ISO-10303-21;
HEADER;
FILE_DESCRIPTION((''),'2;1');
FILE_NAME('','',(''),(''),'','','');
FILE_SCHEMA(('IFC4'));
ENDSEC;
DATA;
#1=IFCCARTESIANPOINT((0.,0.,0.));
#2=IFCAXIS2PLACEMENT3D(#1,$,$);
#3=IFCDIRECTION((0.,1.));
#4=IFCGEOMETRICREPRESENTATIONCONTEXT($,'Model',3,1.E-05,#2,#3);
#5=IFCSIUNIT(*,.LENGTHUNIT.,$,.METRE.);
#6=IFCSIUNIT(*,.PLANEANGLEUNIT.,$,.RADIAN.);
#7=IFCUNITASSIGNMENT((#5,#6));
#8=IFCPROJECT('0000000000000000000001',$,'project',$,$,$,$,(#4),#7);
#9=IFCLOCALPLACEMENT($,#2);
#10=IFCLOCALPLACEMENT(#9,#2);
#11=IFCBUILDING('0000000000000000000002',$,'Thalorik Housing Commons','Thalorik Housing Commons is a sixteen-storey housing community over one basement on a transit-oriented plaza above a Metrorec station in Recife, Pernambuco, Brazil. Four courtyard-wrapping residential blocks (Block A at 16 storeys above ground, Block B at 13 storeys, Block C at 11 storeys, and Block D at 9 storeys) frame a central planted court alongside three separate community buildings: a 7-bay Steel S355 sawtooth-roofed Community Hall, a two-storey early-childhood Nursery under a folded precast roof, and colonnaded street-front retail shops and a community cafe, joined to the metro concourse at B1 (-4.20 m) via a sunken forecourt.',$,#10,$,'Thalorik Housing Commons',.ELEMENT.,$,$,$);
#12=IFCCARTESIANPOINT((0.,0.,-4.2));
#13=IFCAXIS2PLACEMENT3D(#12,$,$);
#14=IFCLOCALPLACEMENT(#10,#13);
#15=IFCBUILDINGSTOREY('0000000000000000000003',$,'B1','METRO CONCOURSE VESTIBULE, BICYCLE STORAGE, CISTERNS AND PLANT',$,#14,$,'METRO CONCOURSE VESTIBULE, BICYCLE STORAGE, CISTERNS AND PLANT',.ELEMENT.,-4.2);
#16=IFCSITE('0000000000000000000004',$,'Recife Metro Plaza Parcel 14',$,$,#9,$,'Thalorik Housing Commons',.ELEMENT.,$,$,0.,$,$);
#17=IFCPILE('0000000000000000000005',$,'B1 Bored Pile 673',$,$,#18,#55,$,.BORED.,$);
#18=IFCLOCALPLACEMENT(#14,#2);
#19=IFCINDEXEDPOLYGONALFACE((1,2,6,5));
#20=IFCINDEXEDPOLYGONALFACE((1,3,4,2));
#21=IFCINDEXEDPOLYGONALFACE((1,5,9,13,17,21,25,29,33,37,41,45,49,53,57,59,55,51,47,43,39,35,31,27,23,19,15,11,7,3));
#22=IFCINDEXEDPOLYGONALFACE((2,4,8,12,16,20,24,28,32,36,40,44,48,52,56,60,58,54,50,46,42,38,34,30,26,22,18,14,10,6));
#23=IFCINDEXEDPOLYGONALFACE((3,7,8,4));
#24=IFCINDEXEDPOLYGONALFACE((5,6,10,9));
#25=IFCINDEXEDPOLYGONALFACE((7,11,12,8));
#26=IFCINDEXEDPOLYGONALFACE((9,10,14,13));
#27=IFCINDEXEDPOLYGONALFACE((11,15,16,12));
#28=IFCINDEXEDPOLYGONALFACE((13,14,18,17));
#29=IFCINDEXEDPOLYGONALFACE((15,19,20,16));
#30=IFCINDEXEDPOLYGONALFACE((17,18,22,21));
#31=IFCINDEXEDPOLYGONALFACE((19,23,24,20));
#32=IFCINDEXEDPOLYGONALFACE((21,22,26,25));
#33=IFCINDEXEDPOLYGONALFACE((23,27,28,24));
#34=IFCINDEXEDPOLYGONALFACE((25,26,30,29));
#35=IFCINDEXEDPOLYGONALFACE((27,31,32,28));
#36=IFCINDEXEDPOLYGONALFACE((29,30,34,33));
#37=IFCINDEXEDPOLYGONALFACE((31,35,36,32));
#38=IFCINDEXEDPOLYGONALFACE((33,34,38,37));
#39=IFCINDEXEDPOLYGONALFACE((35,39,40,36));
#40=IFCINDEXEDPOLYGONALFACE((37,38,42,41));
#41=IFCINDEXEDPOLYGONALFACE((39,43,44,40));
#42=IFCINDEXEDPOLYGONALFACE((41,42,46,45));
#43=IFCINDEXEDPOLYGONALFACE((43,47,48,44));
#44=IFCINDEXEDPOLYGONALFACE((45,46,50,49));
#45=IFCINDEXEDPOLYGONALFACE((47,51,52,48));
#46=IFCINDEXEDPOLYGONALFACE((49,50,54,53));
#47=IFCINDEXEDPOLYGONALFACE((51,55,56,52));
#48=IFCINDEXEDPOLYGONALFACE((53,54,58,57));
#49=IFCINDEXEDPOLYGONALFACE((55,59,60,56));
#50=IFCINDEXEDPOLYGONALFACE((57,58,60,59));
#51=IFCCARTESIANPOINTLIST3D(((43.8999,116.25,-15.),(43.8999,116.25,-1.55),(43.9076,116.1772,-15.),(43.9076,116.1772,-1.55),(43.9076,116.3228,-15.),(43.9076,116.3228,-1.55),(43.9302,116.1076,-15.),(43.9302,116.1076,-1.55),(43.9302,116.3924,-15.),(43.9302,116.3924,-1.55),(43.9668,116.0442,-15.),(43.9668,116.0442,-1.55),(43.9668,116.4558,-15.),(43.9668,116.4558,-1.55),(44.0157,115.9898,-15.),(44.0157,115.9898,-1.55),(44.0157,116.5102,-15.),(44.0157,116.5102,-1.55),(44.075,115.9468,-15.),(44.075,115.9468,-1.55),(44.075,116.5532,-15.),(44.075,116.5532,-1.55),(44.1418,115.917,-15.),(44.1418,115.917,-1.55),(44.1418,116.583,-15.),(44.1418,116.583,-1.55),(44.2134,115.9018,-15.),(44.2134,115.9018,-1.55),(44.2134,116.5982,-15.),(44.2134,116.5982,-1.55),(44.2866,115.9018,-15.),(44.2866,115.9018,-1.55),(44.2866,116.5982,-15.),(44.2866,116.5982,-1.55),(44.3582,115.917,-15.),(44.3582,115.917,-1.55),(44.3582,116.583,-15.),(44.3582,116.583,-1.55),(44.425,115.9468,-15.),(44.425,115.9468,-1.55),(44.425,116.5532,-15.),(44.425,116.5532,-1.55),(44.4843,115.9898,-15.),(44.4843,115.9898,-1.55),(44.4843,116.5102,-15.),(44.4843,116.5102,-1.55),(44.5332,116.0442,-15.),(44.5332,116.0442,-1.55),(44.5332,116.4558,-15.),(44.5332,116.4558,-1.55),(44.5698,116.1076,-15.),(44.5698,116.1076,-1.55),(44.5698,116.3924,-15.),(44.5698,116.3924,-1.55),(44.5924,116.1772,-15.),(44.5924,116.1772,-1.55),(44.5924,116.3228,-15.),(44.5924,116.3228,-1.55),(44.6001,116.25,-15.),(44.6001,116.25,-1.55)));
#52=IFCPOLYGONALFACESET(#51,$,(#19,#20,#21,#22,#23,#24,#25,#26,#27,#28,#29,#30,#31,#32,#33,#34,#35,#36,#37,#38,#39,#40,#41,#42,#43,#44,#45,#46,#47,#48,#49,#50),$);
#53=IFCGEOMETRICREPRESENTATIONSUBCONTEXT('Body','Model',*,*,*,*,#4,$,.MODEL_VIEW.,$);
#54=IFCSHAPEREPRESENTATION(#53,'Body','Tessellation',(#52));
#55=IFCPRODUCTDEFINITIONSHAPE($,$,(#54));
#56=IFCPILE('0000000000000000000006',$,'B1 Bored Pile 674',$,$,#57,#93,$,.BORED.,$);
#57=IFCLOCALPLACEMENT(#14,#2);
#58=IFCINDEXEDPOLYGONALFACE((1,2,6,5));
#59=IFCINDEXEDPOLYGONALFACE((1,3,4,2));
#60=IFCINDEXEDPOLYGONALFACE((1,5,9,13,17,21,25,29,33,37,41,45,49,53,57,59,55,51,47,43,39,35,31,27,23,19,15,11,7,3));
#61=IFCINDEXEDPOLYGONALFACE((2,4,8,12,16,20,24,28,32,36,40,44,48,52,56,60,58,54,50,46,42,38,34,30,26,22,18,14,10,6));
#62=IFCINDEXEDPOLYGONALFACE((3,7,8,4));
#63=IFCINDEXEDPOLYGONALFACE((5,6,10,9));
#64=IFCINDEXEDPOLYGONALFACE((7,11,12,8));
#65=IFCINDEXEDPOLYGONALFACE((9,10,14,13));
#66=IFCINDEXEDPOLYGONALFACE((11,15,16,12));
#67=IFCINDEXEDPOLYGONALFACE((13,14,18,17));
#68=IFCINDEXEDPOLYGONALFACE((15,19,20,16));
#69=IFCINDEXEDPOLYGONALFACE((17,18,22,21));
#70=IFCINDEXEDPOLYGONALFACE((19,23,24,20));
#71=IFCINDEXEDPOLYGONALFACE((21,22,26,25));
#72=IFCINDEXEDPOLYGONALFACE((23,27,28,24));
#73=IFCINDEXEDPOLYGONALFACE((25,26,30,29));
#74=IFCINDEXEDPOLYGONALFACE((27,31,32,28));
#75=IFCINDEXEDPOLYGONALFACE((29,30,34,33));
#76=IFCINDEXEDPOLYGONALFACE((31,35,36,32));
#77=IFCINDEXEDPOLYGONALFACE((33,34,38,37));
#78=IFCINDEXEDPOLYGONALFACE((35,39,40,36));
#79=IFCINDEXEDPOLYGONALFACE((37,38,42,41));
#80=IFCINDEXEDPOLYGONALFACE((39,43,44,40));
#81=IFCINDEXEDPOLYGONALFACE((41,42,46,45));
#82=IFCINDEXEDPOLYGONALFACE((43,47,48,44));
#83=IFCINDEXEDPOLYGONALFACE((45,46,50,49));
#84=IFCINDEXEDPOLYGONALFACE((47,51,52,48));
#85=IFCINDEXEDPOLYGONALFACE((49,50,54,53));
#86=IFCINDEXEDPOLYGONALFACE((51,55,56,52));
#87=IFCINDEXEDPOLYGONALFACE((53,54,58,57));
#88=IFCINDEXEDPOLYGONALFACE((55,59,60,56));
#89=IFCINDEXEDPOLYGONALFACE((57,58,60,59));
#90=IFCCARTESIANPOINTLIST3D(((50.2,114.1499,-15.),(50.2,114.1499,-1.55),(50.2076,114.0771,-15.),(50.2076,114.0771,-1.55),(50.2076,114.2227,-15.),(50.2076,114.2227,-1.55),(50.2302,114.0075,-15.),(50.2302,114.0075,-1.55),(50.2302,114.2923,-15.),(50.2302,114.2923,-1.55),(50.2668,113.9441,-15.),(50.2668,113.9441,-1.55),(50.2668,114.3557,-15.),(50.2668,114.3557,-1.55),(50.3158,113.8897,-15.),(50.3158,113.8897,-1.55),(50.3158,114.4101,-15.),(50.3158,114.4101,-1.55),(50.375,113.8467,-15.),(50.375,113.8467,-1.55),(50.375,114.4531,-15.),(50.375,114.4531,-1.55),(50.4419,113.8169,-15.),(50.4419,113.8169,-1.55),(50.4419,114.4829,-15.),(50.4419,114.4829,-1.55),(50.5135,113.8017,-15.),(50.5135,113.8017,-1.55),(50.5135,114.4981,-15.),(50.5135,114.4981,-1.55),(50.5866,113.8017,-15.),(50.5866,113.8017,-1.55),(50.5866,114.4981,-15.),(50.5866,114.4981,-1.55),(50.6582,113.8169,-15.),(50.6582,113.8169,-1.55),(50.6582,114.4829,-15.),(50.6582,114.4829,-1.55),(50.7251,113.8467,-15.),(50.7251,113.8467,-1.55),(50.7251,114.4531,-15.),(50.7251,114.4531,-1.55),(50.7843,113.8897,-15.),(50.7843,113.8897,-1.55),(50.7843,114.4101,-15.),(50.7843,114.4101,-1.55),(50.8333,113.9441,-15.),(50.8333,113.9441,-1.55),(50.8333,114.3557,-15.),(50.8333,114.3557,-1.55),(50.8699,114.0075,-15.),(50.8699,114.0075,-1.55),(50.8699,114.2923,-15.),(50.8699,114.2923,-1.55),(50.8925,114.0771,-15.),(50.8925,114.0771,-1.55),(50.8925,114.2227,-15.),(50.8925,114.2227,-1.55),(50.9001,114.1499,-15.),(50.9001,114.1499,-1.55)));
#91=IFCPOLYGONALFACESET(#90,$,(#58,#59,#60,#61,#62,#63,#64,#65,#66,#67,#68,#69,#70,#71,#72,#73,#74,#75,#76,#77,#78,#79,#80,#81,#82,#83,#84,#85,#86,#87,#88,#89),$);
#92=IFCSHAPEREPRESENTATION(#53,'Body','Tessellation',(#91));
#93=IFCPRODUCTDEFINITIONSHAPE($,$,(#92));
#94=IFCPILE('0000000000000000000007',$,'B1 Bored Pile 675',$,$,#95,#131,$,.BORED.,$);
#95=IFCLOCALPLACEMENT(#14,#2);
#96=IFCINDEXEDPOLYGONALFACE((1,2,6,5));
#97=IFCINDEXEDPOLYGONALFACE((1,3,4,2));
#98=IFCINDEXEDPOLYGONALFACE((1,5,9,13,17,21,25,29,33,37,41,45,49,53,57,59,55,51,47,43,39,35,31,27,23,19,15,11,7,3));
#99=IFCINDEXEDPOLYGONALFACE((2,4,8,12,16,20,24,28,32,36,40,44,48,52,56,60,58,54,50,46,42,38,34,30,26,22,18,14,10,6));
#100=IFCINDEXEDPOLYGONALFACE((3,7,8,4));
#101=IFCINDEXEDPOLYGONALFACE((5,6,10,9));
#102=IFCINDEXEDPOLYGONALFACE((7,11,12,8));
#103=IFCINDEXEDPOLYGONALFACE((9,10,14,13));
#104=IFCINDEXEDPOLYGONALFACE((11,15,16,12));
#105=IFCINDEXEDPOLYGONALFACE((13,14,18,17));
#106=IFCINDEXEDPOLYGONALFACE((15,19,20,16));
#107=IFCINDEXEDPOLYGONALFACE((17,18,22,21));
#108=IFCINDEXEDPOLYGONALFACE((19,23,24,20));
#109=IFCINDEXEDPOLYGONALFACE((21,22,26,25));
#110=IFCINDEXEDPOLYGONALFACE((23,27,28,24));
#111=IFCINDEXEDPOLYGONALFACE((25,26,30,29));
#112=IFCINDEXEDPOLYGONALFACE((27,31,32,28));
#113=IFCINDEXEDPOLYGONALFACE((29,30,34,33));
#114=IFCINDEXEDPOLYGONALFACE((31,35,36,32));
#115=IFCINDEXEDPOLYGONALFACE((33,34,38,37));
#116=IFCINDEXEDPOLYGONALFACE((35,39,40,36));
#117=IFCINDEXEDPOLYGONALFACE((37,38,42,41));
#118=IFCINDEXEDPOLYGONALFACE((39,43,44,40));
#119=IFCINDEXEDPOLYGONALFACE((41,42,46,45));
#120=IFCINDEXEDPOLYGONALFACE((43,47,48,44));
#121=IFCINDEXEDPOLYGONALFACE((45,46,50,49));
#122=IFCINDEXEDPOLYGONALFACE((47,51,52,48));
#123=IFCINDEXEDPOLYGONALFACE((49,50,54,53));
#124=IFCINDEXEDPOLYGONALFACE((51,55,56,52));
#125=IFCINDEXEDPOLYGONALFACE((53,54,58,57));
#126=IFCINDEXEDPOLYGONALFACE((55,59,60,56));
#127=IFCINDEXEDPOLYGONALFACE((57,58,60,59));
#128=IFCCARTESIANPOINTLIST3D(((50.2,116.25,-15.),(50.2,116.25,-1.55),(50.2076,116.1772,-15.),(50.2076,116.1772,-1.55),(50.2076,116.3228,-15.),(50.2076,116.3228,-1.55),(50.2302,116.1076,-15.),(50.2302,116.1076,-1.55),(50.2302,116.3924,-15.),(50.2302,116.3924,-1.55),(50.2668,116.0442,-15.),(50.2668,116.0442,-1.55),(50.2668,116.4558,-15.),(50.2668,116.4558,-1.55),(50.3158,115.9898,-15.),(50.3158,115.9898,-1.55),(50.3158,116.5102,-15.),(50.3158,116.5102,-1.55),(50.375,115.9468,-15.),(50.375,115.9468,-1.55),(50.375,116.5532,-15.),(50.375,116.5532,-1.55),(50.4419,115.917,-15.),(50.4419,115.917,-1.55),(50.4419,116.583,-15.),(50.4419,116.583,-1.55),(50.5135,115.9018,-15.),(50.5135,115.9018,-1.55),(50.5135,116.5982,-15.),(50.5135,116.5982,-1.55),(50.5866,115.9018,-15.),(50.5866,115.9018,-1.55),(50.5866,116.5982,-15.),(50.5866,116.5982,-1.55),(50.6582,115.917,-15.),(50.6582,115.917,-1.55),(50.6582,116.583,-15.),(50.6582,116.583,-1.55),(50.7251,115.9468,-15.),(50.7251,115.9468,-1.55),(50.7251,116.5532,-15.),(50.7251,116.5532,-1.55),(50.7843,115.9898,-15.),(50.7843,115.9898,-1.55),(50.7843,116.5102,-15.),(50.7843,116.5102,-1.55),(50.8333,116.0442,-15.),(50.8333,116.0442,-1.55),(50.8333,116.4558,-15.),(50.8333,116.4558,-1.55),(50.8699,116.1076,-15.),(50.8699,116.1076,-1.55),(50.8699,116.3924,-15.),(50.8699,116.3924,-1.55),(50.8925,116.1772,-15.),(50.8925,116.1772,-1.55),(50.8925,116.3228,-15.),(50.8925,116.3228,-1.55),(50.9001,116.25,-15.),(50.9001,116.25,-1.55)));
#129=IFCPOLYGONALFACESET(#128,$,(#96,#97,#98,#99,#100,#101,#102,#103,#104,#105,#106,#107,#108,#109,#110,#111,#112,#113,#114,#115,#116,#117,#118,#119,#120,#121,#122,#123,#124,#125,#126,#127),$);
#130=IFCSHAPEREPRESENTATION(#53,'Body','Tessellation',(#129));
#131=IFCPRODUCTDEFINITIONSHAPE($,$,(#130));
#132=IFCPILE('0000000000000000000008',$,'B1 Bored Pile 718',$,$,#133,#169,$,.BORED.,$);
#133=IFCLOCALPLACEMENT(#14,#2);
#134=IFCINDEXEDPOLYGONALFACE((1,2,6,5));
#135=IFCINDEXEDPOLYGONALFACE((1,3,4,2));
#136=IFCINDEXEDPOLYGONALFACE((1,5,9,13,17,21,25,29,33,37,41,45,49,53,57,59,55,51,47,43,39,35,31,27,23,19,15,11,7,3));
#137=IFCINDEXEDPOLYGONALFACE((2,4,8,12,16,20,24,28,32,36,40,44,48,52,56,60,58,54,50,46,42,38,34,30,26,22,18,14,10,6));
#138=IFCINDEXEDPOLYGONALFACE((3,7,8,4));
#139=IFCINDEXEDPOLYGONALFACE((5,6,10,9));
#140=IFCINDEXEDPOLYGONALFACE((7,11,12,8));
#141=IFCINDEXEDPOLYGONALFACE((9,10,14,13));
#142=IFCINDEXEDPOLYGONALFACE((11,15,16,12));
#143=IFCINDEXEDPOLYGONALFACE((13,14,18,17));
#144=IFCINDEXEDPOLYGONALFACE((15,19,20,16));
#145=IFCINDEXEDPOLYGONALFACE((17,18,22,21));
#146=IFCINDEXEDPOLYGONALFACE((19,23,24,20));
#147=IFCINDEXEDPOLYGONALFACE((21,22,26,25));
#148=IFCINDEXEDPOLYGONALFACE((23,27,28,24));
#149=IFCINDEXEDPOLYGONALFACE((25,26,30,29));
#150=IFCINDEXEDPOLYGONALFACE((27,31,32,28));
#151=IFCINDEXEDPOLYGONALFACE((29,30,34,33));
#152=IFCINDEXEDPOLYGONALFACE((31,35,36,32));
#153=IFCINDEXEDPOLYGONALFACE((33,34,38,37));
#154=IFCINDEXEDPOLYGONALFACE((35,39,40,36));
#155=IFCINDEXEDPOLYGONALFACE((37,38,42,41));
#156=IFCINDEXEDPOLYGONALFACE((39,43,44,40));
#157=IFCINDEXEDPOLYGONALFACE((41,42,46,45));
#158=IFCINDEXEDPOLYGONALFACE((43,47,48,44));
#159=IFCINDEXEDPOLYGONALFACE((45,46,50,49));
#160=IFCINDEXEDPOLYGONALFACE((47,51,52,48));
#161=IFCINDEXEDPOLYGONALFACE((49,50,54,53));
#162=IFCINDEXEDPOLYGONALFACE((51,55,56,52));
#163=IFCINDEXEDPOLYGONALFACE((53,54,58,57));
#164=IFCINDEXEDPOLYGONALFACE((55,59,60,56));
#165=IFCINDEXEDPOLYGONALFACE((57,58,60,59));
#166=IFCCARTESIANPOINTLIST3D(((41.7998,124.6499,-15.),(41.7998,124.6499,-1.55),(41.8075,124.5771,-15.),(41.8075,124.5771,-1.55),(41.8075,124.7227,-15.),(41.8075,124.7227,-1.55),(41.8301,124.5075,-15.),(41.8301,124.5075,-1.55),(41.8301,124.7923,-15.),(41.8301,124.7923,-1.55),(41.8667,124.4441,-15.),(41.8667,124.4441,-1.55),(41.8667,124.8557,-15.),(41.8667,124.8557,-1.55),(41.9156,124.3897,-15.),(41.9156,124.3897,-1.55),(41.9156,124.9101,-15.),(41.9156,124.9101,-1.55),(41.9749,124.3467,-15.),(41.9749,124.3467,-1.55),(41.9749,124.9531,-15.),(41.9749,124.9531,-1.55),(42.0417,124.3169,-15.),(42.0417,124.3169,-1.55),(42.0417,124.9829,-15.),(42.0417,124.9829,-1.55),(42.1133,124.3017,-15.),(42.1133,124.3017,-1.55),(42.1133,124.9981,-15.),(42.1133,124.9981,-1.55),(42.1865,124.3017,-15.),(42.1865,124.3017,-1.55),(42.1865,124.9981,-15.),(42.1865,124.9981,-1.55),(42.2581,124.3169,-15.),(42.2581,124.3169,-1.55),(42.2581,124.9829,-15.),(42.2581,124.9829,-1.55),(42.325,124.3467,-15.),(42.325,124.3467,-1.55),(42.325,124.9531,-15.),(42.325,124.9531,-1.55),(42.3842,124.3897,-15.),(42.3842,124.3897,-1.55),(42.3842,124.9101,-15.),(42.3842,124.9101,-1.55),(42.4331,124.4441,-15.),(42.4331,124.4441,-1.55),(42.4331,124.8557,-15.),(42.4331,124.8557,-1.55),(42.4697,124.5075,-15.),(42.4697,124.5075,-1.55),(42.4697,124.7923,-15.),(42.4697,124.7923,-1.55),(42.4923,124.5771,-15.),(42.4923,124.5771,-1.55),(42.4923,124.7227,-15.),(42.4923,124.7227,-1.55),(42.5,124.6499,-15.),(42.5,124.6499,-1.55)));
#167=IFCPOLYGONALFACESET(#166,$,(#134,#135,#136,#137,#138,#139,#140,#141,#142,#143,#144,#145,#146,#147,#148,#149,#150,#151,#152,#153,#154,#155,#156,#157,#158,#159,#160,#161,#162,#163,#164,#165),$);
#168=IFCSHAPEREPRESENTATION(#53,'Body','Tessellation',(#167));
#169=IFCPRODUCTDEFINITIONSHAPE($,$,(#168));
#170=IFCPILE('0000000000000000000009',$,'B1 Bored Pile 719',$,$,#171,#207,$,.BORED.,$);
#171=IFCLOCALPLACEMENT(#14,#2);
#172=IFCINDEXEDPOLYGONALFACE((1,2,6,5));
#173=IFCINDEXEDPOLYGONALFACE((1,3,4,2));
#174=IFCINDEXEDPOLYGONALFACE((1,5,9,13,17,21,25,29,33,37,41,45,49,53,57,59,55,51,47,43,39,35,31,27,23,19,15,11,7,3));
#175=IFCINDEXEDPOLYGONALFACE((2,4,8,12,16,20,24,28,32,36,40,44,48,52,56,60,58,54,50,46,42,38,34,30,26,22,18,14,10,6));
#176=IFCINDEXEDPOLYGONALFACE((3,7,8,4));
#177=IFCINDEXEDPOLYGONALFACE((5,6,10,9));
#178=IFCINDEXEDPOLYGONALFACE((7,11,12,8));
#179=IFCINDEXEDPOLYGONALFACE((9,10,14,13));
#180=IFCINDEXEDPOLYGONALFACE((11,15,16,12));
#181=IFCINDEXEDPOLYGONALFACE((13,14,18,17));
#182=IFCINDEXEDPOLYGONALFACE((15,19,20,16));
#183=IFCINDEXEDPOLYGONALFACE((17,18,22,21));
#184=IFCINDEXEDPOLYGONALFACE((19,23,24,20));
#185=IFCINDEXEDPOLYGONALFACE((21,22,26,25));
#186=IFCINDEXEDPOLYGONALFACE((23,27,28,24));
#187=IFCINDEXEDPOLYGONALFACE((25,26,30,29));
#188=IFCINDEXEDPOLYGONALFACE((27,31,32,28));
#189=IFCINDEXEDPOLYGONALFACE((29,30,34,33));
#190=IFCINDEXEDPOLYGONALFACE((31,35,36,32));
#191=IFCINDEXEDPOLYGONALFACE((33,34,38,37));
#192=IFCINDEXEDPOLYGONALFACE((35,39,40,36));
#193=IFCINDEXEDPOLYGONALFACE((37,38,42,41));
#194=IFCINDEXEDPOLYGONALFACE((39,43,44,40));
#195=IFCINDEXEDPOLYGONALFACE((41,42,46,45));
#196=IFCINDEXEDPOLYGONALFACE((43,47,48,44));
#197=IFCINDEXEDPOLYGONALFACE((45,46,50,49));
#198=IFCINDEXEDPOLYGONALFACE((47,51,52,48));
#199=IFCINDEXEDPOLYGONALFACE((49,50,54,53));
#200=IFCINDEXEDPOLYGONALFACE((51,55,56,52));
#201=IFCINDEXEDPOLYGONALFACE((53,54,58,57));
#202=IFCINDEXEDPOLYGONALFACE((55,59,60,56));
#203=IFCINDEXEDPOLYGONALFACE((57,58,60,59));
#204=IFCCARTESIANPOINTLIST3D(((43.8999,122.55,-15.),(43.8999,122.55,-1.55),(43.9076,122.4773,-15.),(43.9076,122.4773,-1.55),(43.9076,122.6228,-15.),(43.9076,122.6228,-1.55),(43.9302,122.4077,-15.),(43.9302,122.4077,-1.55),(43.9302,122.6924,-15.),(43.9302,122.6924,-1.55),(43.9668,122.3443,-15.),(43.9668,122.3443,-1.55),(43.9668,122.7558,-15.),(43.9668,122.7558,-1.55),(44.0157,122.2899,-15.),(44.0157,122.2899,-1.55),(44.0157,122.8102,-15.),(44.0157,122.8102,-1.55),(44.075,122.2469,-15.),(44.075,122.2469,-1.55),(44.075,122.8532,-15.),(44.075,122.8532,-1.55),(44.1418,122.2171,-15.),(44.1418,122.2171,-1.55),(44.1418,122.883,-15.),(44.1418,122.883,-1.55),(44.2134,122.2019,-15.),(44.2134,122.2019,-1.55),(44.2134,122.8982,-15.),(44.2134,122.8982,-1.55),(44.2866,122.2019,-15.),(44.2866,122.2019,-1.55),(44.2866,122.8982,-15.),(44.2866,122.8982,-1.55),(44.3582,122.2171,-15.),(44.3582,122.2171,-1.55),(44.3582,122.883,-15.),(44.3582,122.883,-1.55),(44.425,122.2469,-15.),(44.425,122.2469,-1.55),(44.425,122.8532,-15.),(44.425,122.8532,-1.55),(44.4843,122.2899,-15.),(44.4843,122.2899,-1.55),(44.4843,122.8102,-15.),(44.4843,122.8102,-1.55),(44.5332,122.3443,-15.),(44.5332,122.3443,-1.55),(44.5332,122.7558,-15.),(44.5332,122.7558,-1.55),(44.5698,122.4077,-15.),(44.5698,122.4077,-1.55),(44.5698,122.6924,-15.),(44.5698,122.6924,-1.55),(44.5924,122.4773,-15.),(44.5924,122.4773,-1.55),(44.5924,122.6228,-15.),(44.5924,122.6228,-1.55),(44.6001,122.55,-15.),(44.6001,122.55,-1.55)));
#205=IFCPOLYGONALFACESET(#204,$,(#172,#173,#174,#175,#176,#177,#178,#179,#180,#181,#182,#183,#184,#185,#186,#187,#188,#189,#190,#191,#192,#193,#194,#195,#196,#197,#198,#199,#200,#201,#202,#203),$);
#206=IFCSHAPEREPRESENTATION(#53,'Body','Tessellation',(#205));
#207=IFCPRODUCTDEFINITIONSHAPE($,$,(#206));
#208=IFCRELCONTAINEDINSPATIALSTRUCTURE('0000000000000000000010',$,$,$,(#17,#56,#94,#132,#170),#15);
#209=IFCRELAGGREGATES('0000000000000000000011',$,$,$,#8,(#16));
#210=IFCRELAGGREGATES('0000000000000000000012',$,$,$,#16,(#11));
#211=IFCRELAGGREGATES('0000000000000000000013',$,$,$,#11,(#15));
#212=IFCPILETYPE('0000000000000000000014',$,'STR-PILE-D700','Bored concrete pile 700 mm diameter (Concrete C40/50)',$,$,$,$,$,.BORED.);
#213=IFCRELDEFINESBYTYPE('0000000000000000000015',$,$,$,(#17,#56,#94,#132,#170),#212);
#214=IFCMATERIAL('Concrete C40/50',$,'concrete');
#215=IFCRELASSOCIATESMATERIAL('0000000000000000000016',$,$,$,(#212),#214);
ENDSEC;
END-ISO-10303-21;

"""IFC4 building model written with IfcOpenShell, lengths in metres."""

from ifc_helpers import new_model, si_unit, direction, frame, origin, origin_2d, place, context, subcontext, project, spatial, circle, extrude, material, material_profile, profile_set, type_object, element, save


model = new_model("IFC4")

# Units and contexts
model_context = context("Model", 3, precision=1e-05, world=origin(), true_north=direction((0.0, 1.0)))
body_context = subcontext(model_context, "Body", "Model", "MODEL_VIEW")
ifc_project = project(units=[si_unit("LENGTHUNIT", "METRE"), si_unit("PLANEANGLEUNIT", "RADIAN")], contexts=[model_context])

# Site, building, storey
site_placement = place(None, origin())
site = spatial("IfcSite", under=ifc_project, at=site_placement, Name="Recife Metro Plaza Parcel 14", LongName="Thalorik Housing Commons", CompositionType="ELEMENT", RefElevation=0.0)
building_placement = place(site_placement, origin())
building = spatial("IfcBuilding", under=site, at=building_placement, Name="Thalorik Housing Commons", Description="Thalorik Housing Commons is a sixteen-storey housing community over one basement on a transit-oriented plaza above a Metrorec station in Recife, Pernambuco, Brazil. Four courtyard-wrapping residential blocks (Block A at 16 storeys above ground, Block B at 13 storeys, Block C at 11 storeys, and Block D at 9 storeys) frame a central planted court alongside three separate community buildings: a 7-bay Steel S355 sawtooth-roofed Community Hall, a two-storey early-childhood Nursery under a folded precast roof, and colonnaded street-front retail shops and a community cafe, joined to the metro concourse at B1 (-4.20 m) via a sunken forecourt.", LongName="Thalorik Housing Commons", CompositionType="ELEMENT")
storey_placement = place(building_placement, frame((0.0, 0.0, -4.2)))
storey = spatial("IfcBuildingStorey", under=building, at=storey_placement, Name="B1", Description="METRO CONCOURSE VESTIBULE, BICYCLE STORAGE, CISTERNS AND PLANT", LongName="METRO CONCOURSE VESTIBULE, BICYCLE STORAGE, CISTERNS AND PLANT", CompositionType="ELEMENT", Elevation=-4.2)

# Shared definitions
ifc_material_1 = material(Name="Concrete C40/50", Category="concrete")

# Piles
ifc_material_profile_1 = material_profile(ifc_material_1, circle(Radius=0.3501, at=origin_2d()), Name="BORED PILE D700", Category="concrete")
ifc_profile_set_1 = profile_set([ifc_material_profile_1], Name="Concrete C40/50")
pile_type = type_object("IfcPileType", Name="STR-PILE-D700", Description="Bored concrete pile 700 mm diameter (Concrete C40/50)", PredefinedType="BORED", material=ifc_profile_set_1)
for number, where, z_axis, x_axis, name in (
    (1, (44.25, 116.25, -1.55), (0.0, 0.0, -1.0), (1.0, 0.0, 0.0), "B1 Bored Pile 673"),
    (2, (50.55, 114.1499, -1.55), (0.0, 0.0, -1.0), (1.0, 0.0, 0.0), "B1 Bored Pile 674"),
    (3, (50.55, 116.25, -1.55), (0.0, 0.0, -1.0), (1.0, 0.0, 0.0), "B1 Bored Pile 675"),
    (4, (42.1499, 124.6499, -1.55), (0.0, 0.0, -1.0), (1.0, 0.0, 0.0), "B1 Bored Pile 718"),
    (5, (44.25, 122.55, -1.55), (0.0, 0.0, -1.0), (1.0, 0.0, 0.0), "B1 Bored Pile 719"),
):
    element("IfcPile", number, at=place(storey_placement, frame(where, z_axis=z_axis, x_axis=x_axis)), inside=storey, type_object=pile_type, Name=name, PredefinedType="BORED", context=body_context, shape_type="SweptSolid", body=[
        extrude(circle(Radius=0.3501, at=origin_2d()), origin(), (0.0, 0.0, 1.0), 13.45),
    ])

save(model, "model.ifc")
